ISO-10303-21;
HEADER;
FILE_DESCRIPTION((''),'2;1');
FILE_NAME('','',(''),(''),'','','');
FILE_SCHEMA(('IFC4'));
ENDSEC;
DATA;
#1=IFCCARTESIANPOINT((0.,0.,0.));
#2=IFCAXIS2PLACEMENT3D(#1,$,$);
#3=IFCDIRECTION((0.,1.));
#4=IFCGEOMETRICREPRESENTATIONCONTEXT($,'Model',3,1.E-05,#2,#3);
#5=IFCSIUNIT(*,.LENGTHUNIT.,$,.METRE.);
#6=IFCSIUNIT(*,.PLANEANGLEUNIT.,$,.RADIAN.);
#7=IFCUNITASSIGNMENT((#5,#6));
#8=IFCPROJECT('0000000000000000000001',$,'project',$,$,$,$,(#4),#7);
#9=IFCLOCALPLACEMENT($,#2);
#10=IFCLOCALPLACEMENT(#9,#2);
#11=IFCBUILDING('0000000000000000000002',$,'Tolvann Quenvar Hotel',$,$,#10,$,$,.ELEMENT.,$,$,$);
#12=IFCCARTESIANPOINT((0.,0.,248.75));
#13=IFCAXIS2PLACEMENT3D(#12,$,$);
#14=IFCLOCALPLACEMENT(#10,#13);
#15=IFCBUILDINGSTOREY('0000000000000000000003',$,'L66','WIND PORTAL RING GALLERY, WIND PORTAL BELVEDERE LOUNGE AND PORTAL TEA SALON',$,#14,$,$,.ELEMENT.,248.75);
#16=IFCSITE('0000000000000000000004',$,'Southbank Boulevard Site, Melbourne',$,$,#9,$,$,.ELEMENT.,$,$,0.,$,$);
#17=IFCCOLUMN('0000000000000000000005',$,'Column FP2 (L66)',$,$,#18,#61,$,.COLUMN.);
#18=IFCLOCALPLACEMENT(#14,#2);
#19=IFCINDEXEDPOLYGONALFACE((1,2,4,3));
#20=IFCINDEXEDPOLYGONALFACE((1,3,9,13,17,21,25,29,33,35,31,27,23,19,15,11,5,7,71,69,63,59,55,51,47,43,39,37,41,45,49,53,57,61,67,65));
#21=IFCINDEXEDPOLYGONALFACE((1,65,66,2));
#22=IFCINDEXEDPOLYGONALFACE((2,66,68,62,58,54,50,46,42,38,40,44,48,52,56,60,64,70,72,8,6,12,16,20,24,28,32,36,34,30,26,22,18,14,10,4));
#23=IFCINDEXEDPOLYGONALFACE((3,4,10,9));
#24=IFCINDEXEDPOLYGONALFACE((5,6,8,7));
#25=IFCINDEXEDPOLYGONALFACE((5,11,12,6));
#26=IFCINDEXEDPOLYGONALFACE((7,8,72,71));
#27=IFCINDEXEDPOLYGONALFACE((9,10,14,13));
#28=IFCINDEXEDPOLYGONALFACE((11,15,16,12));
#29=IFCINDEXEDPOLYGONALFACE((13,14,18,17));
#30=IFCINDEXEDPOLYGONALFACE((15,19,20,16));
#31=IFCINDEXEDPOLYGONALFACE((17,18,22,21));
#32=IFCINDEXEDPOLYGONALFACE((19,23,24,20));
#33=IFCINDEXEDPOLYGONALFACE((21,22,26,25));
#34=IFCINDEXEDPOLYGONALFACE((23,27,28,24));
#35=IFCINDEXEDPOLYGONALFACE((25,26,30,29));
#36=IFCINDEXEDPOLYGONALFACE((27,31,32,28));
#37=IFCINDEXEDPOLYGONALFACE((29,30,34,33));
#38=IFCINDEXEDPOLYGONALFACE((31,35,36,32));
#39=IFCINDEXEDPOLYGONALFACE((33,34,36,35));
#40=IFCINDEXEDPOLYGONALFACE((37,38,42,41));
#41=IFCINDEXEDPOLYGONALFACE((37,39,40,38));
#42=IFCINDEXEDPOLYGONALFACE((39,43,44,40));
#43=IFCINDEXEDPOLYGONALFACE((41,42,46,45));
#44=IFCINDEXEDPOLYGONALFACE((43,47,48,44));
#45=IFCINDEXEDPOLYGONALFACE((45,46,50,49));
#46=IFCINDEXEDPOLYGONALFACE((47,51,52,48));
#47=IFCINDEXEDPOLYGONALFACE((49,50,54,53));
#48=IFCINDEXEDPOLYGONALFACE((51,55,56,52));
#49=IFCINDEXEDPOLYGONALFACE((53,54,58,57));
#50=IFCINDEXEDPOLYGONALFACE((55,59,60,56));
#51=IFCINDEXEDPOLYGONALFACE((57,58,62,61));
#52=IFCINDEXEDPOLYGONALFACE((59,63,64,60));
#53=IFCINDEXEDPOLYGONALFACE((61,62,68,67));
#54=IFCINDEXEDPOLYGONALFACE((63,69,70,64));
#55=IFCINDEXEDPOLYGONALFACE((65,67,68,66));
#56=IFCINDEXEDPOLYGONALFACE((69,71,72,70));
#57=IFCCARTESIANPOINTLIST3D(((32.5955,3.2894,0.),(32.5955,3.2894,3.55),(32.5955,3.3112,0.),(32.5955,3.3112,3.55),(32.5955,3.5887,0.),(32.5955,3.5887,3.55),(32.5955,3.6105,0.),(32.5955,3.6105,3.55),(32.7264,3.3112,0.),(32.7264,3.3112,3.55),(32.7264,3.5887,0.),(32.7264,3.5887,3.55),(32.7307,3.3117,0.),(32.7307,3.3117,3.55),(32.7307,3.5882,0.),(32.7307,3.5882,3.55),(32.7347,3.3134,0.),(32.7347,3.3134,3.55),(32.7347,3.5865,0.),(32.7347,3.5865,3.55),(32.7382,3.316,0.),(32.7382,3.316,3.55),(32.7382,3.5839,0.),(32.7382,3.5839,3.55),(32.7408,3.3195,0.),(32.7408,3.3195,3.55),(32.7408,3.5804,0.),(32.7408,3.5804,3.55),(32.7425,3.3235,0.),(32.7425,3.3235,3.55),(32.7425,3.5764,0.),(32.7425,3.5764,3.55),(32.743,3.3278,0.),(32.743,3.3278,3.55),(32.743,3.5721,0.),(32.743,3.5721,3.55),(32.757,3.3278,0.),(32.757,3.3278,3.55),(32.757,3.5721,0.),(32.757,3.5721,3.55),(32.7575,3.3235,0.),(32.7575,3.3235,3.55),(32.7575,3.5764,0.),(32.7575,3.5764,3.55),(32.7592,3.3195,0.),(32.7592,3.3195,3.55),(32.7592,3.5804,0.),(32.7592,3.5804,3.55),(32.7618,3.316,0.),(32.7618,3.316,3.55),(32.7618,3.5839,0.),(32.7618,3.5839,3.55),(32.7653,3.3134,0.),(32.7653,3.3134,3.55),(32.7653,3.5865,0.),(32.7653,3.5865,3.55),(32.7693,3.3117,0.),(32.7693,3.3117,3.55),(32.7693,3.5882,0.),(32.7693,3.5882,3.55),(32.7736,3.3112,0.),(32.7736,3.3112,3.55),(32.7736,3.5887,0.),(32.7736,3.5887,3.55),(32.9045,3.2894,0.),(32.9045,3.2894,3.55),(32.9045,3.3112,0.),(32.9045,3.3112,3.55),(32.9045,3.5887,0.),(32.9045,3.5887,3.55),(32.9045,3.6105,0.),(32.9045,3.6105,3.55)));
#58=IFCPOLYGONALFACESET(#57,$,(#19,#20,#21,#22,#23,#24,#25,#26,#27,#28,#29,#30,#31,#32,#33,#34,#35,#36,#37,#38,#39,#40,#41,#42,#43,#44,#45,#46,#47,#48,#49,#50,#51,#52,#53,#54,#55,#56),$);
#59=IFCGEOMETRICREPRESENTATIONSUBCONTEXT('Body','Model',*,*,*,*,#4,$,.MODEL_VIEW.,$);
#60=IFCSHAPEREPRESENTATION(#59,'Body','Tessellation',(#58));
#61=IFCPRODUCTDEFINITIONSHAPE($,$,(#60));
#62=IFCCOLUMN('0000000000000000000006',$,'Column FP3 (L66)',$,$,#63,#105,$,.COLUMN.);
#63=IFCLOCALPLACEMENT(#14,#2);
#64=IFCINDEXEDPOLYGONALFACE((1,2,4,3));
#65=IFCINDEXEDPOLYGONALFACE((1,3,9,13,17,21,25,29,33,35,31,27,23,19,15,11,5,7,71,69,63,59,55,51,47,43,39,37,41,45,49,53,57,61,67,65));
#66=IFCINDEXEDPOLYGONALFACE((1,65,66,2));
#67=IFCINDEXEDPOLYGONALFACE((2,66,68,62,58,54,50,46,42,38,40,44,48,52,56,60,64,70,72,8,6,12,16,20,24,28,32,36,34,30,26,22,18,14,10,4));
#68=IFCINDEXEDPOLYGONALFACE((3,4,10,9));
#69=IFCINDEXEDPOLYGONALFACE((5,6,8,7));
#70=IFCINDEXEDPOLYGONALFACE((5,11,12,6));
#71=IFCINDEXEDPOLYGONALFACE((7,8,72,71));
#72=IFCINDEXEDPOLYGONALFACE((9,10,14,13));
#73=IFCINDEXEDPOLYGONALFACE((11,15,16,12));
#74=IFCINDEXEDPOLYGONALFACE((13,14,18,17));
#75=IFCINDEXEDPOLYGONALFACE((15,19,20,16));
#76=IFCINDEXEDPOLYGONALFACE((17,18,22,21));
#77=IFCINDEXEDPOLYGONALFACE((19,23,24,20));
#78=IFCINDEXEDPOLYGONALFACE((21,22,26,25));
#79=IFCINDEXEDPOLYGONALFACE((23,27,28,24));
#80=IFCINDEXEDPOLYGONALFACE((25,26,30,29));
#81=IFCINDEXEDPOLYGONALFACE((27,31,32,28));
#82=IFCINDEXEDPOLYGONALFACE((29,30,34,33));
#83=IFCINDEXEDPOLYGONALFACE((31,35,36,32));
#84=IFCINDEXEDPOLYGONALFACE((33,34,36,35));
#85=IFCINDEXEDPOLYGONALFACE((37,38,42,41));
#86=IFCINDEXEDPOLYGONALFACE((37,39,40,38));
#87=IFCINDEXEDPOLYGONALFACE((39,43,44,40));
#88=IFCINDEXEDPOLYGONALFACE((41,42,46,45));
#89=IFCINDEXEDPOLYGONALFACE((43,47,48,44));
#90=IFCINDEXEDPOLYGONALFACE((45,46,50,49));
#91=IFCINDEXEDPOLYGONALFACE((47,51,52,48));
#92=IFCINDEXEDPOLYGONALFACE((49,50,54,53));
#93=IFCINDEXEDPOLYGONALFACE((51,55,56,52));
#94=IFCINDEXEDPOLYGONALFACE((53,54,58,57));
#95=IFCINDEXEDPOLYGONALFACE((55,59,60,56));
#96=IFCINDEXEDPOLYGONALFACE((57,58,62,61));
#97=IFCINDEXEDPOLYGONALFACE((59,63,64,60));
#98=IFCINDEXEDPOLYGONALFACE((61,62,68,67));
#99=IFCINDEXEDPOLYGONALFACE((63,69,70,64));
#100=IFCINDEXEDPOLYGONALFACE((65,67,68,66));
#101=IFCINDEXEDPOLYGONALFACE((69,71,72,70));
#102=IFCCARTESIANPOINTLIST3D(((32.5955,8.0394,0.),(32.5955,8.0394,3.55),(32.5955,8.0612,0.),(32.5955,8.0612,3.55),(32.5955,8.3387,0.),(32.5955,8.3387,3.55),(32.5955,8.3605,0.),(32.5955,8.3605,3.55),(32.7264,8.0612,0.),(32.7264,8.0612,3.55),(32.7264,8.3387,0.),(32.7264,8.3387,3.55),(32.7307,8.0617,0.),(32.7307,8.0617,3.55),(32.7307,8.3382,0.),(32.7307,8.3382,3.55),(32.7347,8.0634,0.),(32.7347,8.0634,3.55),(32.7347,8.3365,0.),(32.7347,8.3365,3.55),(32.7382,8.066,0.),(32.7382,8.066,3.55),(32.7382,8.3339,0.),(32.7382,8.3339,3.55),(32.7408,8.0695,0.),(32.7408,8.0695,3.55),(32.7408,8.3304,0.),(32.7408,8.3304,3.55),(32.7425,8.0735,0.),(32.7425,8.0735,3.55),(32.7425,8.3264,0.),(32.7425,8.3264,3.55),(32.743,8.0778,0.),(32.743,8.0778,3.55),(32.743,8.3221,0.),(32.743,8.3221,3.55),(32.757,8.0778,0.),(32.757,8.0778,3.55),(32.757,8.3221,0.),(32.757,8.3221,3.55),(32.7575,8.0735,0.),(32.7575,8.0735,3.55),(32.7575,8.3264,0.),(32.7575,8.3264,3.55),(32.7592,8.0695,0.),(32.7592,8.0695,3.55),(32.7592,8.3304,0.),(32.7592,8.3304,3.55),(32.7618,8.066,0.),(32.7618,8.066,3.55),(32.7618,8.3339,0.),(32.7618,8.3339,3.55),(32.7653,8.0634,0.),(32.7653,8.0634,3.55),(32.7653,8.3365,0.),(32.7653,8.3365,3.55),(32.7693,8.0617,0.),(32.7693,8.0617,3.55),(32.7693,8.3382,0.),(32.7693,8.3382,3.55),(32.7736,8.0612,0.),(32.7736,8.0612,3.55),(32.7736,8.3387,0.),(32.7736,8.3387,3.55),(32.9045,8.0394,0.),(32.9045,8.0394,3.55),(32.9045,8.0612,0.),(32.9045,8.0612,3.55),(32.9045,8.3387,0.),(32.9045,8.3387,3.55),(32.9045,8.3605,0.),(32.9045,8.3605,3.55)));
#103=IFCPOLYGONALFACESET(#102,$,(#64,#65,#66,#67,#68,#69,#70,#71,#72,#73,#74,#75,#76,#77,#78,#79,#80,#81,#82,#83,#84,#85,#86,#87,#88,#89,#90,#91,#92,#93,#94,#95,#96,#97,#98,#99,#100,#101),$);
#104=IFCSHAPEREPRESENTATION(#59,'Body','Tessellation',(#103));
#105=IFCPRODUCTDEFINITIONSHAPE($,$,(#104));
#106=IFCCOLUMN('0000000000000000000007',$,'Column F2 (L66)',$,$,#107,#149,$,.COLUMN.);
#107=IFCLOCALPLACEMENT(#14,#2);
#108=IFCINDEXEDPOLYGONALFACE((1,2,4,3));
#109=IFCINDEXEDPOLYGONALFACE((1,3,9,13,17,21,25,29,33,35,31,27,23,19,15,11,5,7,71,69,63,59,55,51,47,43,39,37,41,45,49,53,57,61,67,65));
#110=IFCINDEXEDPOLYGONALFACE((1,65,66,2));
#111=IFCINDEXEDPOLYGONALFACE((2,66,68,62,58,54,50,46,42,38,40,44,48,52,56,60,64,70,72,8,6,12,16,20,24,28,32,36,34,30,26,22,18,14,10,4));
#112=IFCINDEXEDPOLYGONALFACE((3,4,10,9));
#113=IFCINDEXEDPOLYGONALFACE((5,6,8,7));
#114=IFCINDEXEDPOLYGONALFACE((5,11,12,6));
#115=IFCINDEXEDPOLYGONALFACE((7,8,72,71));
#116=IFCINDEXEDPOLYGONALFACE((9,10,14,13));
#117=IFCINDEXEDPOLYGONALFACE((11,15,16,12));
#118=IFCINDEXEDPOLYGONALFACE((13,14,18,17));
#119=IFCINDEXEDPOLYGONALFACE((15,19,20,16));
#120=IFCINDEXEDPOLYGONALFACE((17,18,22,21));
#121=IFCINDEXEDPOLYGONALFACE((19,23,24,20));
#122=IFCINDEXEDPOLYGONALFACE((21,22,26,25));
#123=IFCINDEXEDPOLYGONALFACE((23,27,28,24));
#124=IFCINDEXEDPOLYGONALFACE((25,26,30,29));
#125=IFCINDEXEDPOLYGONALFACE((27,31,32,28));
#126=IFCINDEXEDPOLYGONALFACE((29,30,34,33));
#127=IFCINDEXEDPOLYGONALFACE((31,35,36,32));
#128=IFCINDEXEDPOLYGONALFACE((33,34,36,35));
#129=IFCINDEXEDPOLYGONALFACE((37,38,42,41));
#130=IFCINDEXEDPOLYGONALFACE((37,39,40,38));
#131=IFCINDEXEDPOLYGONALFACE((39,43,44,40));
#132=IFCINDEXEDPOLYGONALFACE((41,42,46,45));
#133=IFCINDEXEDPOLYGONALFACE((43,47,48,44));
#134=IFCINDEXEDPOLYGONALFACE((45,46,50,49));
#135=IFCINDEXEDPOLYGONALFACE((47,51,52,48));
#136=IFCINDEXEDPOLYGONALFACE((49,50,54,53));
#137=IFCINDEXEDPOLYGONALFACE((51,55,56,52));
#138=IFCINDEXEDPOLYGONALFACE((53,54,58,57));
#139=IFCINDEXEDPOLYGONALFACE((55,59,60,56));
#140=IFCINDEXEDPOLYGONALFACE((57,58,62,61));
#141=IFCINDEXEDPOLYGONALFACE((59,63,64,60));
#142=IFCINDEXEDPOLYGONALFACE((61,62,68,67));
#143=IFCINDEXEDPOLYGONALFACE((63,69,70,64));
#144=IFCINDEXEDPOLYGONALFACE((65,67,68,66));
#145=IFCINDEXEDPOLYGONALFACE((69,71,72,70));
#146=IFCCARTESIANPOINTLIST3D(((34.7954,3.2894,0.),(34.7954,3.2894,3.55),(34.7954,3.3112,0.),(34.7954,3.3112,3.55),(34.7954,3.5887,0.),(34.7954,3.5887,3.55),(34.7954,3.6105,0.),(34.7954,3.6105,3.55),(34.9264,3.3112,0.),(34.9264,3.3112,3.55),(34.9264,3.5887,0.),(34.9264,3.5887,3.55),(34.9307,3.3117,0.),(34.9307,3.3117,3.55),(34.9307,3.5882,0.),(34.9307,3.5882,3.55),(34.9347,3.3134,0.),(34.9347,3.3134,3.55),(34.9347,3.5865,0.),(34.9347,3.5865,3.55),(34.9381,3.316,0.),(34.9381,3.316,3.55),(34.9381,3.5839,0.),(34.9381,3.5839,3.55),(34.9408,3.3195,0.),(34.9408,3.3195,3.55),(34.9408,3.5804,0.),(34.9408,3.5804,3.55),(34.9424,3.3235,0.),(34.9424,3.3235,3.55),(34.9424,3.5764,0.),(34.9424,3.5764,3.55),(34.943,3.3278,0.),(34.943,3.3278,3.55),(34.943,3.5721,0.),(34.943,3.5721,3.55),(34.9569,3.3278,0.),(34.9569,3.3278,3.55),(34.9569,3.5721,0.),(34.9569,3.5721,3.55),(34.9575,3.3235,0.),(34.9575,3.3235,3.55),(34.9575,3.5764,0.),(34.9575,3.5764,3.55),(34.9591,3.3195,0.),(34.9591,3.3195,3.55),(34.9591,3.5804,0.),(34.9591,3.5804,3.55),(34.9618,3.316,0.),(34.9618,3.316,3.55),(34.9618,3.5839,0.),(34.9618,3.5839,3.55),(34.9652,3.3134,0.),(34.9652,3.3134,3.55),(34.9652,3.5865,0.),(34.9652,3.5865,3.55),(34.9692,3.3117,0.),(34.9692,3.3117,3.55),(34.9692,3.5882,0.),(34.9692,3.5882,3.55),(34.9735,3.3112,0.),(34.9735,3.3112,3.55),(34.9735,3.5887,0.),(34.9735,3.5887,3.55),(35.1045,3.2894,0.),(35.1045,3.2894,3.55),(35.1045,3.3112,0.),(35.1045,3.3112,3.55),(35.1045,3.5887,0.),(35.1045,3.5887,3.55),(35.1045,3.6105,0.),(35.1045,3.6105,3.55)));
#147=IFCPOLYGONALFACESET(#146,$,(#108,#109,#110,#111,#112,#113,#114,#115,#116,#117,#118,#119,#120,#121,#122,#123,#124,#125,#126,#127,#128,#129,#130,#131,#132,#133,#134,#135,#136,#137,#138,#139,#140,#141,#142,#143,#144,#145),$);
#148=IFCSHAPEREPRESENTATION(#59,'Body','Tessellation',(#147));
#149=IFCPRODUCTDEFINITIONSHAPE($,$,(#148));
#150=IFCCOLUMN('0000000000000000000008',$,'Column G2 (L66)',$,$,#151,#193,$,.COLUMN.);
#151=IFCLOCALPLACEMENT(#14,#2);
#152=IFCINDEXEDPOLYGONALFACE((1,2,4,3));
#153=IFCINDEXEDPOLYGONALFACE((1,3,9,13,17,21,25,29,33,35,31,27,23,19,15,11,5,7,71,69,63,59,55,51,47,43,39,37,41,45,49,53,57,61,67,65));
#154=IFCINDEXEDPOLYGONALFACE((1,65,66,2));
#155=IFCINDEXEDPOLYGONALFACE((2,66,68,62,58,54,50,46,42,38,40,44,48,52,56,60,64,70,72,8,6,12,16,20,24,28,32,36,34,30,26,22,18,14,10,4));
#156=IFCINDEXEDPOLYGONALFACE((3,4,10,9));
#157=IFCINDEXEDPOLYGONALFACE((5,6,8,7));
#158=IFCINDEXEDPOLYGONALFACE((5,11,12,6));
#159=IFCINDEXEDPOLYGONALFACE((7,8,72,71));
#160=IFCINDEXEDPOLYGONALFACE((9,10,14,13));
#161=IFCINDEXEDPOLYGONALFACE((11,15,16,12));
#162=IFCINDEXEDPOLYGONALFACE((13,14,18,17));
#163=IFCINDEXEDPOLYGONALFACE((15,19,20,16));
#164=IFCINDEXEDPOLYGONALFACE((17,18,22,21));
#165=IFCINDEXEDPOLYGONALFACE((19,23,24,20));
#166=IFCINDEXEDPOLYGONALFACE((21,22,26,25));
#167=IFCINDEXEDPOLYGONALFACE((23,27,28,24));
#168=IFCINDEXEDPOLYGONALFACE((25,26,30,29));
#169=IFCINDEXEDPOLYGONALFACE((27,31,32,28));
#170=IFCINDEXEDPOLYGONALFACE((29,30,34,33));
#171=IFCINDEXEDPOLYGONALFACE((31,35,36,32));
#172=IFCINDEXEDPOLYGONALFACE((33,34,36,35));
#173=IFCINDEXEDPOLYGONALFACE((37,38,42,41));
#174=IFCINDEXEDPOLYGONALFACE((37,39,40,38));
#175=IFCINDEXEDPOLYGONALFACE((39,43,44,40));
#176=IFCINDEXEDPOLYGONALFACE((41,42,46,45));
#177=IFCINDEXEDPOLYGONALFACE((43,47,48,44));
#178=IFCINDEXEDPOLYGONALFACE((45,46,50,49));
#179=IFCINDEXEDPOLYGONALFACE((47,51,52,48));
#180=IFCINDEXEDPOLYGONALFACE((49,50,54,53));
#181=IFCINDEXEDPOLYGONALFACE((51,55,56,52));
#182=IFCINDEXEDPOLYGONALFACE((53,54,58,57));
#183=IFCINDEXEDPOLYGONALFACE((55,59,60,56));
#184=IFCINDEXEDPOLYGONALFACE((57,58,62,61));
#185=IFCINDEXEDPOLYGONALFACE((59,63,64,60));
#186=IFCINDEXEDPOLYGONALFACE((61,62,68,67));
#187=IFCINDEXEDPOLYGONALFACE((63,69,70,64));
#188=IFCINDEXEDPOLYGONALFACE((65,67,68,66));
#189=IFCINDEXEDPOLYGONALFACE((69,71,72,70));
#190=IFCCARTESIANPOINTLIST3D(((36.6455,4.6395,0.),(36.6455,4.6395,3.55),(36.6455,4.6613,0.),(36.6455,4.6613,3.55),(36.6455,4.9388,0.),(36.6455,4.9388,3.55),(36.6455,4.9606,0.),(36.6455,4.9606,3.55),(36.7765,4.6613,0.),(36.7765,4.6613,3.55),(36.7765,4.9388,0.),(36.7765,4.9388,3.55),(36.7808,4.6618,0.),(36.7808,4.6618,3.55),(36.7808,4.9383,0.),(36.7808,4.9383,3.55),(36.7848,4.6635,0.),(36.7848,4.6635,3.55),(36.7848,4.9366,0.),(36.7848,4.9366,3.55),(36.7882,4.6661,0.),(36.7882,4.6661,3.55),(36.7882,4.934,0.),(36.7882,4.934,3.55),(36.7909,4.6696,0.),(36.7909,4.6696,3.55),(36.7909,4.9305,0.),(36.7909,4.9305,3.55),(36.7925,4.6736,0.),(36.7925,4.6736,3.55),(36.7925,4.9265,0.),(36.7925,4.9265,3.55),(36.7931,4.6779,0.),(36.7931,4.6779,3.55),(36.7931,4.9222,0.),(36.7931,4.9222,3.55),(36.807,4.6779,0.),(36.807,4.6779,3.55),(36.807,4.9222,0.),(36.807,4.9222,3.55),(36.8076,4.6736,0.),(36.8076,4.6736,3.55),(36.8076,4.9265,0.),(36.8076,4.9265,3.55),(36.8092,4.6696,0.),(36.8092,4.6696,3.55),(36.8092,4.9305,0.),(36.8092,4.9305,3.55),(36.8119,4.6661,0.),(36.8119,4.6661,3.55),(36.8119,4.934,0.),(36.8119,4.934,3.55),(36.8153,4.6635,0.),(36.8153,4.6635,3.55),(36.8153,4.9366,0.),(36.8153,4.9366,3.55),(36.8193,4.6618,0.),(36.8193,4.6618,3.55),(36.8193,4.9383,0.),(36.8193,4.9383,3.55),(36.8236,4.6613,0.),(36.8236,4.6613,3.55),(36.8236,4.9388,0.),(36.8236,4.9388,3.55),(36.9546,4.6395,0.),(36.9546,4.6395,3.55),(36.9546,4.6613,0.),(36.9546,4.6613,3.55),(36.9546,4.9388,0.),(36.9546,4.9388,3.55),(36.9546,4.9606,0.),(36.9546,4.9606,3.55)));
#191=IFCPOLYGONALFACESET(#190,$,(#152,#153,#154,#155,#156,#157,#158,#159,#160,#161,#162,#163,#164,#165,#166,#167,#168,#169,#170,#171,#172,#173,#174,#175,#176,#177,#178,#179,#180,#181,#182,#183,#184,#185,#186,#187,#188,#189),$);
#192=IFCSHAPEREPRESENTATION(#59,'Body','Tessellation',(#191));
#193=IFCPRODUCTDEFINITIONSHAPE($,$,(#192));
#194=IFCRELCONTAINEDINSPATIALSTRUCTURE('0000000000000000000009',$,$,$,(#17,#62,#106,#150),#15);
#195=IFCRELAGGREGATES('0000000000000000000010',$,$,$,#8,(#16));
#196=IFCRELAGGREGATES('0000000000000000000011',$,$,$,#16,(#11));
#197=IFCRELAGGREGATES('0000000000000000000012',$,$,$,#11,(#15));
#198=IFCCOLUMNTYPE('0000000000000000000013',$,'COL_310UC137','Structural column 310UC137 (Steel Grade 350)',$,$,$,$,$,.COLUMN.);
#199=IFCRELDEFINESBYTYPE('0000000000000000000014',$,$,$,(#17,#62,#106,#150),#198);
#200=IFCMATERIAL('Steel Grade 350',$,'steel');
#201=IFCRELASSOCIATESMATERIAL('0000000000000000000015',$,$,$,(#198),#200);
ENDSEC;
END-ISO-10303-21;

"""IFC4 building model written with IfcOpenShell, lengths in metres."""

from ifc_helpers import new_model, si_unit, direction, frame, origin, origin_2d, place, context, subcontext, project, spatial, i_section, extrude, source, transform, mapped, material, material_profile, profile_set, type_object, type_shapes, element, save


model = new_model("IFC4")

# Units and contexts
model_context = context("Model", 3, precision=1e-05, world=origin(), true_north=direction((0.0, 1.0)))
body_context = subcontext(model_context, "Body", "Model", "MODEL_VIEW")
ifc_project = project(units=[si_unit("LENGTHUNIT", "METRE"), si_unit("PLANEANGLEUNIT", "RADIAN")], contexts=[model_context])

# Site, building, storey
site_placement = place(None, origin())
site = spatial("IfcSite", under=ifc_project, at=site_placement, Name="Southbank Boulevard Site, Melbourne", CompositionType="ELEMENT", RefElevation=0.0)
building_placement = place(site_placement, origin())
building = spatial("IfcBuilding", under=site, at=building_placement, Name="Tolvann Quenvar Hotel", CompositionType="ELEMENT")
storey_placement = place(building_placement, frame((0.0, 0.0, 248.75)))
storey = spatial("IfcBuildingStorey", under=building, at=storey_placement, Name="L66", Description="WIND PORTAL RING GALLERY, WIND PORTAL BELVEDERE LOUNGE AND PORTAL TEA SALON", CompositionType="ELEMENT", Elevation=248.75)

# Columns
ifc_material_1 = material(Name="Steel Grade 350", Category="steel")
ifc_material_profile_1 = material_profile(ifc_material_1, i_section(OverallWidth=0.3091, OverallDepth=0.321, WebThickness=0.0139, FlangeThickness=0.0217, FilletRadius=0.0166, at=origin_2d()), Name="310UC137")
ifc_profile_set_1 = profile_set([ifc_material_profile_1], Name="Steel Grade 350")
column_type_1 = type_object("IfcColumnType", Name="COL_310UC137", Description="Structural column 310UC137 (Steel Grade 350)", PredefinedType="COLUMN", material=ifc_profile_set_1)
shared_shape_1 = source(origin(), body_context, "Body", "SweptSolid", [
    extrude(i_section(OverallWidth=0.3091, OverallDepth=0.321, WebThickness=0.0139, FlangeThickness=0.0217, FilletRadius=0.0166, at=origin_2d()), origin(), (0.0, 0.0, 1.0), 3.55),
])
type_shapes(column_type_1, [shared_shape_1])
for number, where, z_axis, x_axis, name in (
    (1, (32.75, 3.45, 0.0), (0.0, 0.0, 1.0), (1.0, 0.0, 0.0), "Column FP2 (L66)"),
    (2, (32.75, 8.2, 0.0), (0.0, 0.0, 1.0), (1.0, 0.0, 0.0), "Column FP3 (L66)"),
    (3, (34.95, 3.45, 0.0), (0.0, 0.0, 1.0), (1.0, 0.0, 0.0), "Column F2 (L66)"),
    (4, (36.8, 4.8, 0.0), (0.0, 0.0, 1.0), (1.0, 0.0, 0.0), "Column G2 (L66)"),
):
    element("IfcColumn", number, at=place(storey_placement, frame(where, z_axis=z_axis, x_axis=x_axis)), inside=storey, type_object=column_type_1, Name=name, PredefinedType="COLUMN", context=body_context, shape_type="MappedRepresentation", body=[
        mapped(shared_shape_1, transform((0.0, 0.0, 0.0), x_axis=(1.0, 0.0, 0.0), y_axis=(0.0, 1.0, 0.0), z_axis=(0.0, 0.0, 1.0), scale=1.0)),
    ])

save(model, "model.ifc")
